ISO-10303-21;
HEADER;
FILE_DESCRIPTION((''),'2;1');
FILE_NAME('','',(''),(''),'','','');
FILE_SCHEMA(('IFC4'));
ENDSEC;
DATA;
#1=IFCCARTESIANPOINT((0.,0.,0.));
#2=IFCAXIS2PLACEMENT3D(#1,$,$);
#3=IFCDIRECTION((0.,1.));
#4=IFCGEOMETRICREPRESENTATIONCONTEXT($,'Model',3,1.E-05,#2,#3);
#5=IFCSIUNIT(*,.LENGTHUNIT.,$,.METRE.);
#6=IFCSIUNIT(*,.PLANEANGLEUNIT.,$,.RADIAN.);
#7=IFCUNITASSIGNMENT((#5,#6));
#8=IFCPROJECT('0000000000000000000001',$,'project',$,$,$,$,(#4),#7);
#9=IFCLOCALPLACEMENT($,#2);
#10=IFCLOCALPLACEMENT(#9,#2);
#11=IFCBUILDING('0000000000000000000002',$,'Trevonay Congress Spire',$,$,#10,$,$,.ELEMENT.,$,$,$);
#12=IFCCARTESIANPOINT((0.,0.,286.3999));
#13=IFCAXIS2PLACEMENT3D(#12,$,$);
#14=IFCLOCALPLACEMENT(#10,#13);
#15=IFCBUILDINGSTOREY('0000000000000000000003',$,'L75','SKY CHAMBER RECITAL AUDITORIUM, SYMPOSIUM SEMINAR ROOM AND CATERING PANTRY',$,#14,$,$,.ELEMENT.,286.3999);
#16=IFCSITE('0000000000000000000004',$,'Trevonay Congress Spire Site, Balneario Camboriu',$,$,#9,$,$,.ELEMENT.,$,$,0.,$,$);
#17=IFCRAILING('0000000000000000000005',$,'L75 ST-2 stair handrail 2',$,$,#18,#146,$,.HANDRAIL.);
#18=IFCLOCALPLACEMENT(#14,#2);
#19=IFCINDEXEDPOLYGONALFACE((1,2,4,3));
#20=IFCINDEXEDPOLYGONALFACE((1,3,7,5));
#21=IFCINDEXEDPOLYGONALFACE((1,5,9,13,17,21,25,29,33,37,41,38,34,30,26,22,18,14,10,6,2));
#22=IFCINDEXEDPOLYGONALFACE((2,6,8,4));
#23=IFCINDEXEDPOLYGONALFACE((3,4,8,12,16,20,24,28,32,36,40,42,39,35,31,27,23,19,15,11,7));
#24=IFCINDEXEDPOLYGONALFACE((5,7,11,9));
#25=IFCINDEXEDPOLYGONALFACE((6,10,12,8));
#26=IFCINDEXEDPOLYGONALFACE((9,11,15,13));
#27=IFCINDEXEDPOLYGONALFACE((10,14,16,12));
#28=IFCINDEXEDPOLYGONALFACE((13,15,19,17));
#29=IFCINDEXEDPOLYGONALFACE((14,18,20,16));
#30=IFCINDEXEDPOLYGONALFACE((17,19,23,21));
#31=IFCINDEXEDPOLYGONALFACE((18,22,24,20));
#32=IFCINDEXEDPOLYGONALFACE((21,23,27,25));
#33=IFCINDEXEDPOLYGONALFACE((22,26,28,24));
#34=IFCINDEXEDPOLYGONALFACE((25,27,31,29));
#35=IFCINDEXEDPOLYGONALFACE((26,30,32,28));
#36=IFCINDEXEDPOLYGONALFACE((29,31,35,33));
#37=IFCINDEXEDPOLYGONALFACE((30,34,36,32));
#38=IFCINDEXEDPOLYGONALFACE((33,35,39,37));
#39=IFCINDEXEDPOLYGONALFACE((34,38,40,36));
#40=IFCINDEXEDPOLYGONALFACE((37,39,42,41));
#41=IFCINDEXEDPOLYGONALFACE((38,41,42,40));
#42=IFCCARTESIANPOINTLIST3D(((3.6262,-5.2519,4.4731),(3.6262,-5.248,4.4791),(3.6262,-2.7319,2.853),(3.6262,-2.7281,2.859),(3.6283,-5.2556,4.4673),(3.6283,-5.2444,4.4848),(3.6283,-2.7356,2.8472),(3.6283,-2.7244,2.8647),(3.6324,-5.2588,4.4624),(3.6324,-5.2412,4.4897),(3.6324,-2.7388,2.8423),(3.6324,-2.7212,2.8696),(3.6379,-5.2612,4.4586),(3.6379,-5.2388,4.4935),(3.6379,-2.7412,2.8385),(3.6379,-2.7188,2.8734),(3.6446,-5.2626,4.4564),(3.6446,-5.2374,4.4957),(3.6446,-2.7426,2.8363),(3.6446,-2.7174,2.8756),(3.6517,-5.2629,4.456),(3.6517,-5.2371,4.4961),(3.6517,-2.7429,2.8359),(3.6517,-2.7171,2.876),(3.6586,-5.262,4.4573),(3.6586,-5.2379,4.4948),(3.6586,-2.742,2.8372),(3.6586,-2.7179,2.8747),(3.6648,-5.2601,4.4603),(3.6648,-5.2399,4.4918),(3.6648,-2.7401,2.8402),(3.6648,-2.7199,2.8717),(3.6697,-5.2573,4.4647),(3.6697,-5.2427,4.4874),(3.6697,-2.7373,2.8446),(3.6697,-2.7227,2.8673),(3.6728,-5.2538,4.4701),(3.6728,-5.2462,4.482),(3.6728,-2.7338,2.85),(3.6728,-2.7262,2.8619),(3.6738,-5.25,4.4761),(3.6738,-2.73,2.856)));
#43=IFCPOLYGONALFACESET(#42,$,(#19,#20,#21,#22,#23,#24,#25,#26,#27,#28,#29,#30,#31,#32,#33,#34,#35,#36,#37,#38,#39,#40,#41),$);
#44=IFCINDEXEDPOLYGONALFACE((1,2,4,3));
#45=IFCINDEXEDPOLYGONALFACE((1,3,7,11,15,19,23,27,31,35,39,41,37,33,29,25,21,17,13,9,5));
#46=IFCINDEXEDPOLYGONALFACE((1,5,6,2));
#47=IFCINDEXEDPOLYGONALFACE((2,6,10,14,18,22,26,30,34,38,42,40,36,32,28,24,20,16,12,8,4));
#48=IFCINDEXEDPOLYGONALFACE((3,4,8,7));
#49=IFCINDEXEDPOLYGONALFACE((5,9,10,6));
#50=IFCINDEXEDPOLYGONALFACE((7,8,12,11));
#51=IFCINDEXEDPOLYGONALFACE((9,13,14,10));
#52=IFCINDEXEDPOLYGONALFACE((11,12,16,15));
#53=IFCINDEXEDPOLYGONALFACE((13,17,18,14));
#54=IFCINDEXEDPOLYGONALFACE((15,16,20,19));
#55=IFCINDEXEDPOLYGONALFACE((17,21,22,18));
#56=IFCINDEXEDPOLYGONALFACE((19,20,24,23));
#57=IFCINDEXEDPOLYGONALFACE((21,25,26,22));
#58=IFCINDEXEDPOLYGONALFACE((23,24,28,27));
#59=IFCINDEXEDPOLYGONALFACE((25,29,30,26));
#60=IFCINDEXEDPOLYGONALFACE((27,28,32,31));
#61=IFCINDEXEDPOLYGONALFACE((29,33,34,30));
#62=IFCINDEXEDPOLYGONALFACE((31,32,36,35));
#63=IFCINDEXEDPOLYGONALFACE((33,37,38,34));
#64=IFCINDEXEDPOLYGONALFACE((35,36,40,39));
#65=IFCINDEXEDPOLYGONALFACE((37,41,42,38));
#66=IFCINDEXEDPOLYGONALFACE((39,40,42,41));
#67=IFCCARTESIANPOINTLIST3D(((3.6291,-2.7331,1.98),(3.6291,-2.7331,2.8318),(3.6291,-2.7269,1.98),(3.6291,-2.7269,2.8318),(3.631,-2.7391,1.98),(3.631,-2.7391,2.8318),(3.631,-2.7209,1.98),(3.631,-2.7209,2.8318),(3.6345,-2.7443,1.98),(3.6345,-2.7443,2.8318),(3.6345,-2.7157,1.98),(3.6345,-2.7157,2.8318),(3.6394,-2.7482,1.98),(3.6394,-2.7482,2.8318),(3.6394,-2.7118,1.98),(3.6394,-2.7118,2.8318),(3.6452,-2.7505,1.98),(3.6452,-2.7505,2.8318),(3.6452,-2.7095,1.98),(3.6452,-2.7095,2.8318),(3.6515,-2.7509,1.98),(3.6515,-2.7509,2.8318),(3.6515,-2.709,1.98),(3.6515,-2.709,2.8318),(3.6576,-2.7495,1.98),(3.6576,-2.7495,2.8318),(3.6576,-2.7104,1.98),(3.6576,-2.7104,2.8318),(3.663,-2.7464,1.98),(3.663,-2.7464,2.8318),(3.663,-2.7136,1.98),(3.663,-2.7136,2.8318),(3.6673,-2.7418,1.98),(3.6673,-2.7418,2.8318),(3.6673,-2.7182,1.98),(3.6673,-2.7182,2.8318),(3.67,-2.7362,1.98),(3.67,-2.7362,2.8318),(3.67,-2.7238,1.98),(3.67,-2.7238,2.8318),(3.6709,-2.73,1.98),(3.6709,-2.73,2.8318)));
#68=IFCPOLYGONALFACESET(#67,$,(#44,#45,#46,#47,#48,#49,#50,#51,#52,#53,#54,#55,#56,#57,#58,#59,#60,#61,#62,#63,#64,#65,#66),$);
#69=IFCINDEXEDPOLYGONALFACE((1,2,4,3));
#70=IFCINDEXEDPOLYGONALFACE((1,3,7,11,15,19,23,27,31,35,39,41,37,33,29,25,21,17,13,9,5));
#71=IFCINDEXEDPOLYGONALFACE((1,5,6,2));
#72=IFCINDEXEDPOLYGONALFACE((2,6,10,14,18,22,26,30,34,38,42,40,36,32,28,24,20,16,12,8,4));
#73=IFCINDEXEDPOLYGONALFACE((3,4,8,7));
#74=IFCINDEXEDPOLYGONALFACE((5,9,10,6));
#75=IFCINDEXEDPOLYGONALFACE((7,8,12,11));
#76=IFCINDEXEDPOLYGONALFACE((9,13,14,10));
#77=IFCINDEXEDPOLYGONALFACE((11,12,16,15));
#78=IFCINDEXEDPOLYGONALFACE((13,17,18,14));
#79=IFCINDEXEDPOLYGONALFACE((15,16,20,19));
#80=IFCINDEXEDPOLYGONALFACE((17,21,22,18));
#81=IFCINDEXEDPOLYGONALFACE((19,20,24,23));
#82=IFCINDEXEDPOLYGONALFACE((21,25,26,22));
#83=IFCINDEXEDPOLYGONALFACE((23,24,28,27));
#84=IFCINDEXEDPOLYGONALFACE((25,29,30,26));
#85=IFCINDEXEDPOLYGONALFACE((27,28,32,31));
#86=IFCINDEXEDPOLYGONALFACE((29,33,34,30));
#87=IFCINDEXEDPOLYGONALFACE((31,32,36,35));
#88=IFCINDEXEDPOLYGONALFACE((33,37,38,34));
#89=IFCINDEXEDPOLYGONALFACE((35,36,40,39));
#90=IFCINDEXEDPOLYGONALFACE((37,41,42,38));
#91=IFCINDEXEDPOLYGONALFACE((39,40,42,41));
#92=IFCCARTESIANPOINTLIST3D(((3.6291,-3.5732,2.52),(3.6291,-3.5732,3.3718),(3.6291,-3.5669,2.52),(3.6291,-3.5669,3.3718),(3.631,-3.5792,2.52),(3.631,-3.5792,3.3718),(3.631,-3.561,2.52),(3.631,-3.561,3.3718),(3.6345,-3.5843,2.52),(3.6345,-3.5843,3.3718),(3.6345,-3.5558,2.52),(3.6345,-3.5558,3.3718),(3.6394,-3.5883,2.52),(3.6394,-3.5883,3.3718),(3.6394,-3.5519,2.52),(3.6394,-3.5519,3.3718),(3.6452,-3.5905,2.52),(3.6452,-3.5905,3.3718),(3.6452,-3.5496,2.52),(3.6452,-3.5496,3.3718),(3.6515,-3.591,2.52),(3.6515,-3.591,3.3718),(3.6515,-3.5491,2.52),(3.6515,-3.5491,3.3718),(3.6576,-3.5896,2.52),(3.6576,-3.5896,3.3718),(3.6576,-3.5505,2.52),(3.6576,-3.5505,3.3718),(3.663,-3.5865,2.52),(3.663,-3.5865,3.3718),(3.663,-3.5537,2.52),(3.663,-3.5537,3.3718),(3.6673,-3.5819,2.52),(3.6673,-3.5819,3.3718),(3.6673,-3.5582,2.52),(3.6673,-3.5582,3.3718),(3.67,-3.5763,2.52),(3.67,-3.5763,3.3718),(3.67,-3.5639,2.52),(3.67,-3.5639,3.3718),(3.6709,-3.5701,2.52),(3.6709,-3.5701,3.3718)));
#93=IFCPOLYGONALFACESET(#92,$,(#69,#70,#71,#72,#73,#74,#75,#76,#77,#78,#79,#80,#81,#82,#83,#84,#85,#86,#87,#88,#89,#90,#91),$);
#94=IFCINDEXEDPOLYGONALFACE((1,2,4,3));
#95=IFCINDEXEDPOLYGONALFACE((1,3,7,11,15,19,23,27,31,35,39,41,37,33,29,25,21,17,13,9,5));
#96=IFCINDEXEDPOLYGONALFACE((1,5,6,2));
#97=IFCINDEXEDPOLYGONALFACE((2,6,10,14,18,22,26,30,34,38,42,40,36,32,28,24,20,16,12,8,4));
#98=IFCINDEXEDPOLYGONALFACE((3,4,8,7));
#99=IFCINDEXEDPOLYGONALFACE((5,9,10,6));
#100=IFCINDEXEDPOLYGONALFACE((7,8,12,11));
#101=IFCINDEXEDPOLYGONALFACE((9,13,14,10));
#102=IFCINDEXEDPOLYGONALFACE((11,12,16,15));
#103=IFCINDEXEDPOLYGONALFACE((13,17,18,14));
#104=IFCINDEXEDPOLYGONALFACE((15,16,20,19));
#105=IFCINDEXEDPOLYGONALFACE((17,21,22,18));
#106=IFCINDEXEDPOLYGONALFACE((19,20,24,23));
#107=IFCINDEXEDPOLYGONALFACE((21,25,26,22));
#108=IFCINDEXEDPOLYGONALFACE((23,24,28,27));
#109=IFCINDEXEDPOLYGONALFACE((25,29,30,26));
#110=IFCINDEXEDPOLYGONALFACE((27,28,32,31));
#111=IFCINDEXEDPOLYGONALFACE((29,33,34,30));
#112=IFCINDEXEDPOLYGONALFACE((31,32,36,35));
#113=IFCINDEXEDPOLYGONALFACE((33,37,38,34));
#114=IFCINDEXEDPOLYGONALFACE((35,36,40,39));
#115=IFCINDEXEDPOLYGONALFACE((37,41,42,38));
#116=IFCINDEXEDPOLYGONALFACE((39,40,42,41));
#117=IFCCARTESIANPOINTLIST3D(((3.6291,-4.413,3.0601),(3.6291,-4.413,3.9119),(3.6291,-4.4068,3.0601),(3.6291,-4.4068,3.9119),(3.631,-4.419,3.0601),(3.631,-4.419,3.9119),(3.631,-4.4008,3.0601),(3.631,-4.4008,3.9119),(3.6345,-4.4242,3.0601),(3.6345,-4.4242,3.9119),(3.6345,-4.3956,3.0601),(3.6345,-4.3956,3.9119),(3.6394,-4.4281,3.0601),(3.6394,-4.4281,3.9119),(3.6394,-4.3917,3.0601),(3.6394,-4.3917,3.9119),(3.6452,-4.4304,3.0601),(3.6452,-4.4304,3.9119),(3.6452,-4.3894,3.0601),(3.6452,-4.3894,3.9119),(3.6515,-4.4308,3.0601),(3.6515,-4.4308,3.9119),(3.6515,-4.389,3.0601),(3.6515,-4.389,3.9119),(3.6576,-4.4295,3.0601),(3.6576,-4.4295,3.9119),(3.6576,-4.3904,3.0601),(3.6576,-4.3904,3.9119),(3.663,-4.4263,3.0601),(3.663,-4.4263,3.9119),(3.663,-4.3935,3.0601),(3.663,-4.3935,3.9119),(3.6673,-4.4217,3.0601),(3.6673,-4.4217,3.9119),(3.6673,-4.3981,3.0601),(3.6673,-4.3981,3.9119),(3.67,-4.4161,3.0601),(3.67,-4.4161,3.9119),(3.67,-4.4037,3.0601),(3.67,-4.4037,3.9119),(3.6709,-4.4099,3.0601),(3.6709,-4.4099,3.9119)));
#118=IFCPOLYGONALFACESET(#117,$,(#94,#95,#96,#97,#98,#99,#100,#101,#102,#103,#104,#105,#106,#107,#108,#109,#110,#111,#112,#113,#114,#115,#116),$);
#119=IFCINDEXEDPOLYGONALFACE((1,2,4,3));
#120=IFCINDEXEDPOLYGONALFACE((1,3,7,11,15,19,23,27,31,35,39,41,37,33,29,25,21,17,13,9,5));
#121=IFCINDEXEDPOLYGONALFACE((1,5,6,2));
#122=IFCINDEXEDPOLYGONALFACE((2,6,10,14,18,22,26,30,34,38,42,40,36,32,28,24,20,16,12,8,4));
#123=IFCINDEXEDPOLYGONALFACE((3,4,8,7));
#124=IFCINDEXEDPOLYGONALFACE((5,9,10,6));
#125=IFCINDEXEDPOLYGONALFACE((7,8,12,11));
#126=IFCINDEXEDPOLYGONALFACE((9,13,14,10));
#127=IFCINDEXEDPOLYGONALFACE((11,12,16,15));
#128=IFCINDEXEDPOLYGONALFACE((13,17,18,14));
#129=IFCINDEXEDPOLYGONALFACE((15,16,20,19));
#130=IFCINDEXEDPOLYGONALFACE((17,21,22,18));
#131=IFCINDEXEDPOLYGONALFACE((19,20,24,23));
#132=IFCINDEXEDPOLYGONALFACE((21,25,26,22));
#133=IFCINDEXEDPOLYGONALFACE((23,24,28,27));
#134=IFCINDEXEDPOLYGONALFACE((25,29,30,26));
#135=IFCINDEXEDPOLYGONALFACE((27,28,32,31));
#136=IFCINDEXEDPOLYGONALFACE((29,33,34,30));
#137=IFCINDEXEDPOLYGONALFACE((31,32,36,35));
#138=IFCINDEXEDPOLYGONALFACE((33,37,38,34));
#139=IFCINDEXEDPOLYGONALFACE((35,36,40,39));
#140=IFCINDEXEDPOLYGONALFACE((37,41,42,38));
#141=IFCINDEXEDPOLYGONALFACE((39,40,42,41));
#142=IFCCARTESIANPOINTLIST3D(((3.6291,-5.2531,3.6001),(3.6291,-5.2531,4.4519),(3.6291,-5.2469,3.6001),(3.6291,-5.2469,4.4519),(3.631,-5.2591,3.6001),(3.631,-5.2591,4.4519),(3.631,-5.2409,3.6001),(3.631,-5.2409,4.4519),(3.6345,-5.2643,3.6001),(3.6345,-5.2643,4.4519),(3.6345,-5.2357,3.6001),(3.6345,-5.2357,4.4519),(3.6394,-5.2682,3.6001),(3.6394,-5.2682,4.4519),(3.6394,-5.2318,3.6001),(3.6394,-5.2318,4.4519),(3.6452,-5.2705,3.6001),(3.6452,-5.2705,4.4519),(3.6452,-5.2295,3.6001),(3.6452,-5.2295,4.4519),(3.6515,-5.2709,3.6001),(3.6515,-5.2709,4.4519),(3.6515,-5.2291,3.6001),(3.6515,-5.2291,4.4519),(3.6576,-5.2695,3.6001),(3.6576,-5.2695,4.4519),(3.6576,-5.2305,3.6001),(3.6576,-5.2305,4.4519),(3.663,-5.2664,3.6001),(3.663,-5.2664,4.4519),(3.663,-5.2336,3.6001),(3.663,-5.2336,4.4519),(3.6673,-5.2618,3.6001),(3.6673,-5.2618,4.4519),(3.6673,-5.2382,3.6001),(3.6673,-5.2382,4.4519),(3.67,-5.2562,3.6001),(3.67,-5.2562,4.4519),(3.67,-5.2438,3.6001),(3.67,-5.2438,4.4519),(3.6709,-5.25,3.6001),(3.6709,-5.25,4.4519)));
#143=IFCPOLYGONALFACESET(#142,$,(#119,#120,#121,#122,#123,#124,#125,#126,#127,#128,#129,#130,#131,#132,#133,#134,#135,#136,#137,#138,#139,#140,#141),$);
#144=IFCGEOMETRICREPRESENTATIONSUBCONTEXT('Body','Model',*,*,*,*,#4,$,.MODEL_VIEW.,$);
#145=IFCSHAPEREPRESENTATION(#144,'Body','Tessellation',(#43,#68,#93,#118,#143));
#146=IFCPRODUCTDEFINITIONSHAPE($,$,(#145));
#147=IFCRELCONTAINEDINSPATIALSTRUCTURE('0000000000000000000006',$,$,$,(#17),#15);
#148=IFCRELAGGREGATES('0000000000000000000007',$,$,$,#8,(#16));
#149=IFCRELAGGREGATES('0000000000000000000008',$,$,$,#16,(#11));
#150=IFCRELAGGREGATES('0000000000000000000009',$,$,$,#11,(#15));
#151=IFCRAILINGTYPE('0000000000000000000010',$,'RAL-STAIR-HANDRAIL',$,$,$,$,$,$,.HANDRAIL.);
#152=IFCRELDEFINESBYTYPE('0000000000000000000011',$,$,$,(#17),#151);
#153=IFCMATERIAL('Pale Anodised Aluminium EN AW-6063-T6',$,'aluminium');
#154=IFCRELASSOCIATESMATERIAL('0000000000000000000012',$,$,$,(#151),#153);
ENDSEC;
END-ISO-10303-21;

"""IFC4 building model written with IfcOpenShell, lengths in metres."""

from ifc_helpers import new_model, si_unit, direction, frame, origin, origin_2d, place, context, subcontext, project, spatial, circle, extrude, material, type_object, element, save


model = new_model("IFC4")

# Units and contexts
model_context = context("Model", 3, precision=1e-05, world=origin(), true_north=direction((0.0, 1.0)))
body_context = subcontext(model_context, "Body", "Model", "MODEL_VIEW")
ifc_project = project(units=[si_unit("LENGTHUNIT", "METRE"), si_unit("PLANEANGLEUNIT", "RADIAN")], contexts=[model_context])

# Site, building, storey
site_placement = place(None, origin())
site = spatial("IfcSite", under=ifc_project, at=site_placement, Name="Trevonay Congress Spire Site, Balneario Camboriu", CompositionType="ELEMENT", RefElevation=0.0)
building_placement = place(site_placement, origin())
building = spatial("IfcBuilding", under=site, at=building_placement, Name="Trevonay Congress Spire", CompositionType="ELEMENT")
storey_placement = place(building_placement, frame((0.0, 0.0, 286.3999)))
storey = spatial("IfcBuildingStorey", under=building, at=storey_placement, Name="L75", Description="SKY CHAMBER RECITAL AUDITORIUM, SYMPOSIUM SEMINAR ROOM AND CATERING PANTRY", CompositionType="ELEMENT", Elevation=286.3999)

# Shared definitions
ifc_material_1 = material(Name="Pale Anodised Aluminium EN AW-6063-T6", Category="aluminium")

# Railing
railing_type_1 = type_object("IfcRailingType", Name="RAL-STAIR-HANDRAIL", PredefinedType="HANDRAIL", material=ifc_material_1)
railing_1_placement = place(storey_placement, frame((3.6499, -2.73, 1.98)))
element("IfcRailing", 1, at=railing_1_placement, inside=storey, type_object=railing_type_1, Name="L75 ST-2 stair handrail 2", PredefinedType="HANDRAIL", context=body_context, shape_type="SweptSolid", body=[
    extrude(circle(Radius=0.0239, at=origin_2d()), frame((0.0, 0.0, 0.876), z_axis=(0.0, -0.841163, 0.540782), x_axis=(1.0, 0.0, 0.0)), (0.0, 0.0, 1.0), 2.9958),
    extrude(circle(Radius=0.021, at=origin_2d()), origin(), (0.0, 0.0, 1.0), 0.8518),
    extrude(circle(Radius=0.021, at=origin_2d()), frame((0.0, -0.8401, 0.54)), (0.0, 0.0, 1.0), 0.8518),
    extrude(circle(Radius=0.021, at=origin_2d()), frame((0.0, -1.6799, 1.0801)), (0.0, 0.0, 1.0), 0.8518),
    extrude(circle(Radius=0.021, at=origin_2d()), frame((0.0, -2.52, 1.6201)), (0.0, 0.0, 1.0), 0.8518),
])

save(model, "model.ifc")
